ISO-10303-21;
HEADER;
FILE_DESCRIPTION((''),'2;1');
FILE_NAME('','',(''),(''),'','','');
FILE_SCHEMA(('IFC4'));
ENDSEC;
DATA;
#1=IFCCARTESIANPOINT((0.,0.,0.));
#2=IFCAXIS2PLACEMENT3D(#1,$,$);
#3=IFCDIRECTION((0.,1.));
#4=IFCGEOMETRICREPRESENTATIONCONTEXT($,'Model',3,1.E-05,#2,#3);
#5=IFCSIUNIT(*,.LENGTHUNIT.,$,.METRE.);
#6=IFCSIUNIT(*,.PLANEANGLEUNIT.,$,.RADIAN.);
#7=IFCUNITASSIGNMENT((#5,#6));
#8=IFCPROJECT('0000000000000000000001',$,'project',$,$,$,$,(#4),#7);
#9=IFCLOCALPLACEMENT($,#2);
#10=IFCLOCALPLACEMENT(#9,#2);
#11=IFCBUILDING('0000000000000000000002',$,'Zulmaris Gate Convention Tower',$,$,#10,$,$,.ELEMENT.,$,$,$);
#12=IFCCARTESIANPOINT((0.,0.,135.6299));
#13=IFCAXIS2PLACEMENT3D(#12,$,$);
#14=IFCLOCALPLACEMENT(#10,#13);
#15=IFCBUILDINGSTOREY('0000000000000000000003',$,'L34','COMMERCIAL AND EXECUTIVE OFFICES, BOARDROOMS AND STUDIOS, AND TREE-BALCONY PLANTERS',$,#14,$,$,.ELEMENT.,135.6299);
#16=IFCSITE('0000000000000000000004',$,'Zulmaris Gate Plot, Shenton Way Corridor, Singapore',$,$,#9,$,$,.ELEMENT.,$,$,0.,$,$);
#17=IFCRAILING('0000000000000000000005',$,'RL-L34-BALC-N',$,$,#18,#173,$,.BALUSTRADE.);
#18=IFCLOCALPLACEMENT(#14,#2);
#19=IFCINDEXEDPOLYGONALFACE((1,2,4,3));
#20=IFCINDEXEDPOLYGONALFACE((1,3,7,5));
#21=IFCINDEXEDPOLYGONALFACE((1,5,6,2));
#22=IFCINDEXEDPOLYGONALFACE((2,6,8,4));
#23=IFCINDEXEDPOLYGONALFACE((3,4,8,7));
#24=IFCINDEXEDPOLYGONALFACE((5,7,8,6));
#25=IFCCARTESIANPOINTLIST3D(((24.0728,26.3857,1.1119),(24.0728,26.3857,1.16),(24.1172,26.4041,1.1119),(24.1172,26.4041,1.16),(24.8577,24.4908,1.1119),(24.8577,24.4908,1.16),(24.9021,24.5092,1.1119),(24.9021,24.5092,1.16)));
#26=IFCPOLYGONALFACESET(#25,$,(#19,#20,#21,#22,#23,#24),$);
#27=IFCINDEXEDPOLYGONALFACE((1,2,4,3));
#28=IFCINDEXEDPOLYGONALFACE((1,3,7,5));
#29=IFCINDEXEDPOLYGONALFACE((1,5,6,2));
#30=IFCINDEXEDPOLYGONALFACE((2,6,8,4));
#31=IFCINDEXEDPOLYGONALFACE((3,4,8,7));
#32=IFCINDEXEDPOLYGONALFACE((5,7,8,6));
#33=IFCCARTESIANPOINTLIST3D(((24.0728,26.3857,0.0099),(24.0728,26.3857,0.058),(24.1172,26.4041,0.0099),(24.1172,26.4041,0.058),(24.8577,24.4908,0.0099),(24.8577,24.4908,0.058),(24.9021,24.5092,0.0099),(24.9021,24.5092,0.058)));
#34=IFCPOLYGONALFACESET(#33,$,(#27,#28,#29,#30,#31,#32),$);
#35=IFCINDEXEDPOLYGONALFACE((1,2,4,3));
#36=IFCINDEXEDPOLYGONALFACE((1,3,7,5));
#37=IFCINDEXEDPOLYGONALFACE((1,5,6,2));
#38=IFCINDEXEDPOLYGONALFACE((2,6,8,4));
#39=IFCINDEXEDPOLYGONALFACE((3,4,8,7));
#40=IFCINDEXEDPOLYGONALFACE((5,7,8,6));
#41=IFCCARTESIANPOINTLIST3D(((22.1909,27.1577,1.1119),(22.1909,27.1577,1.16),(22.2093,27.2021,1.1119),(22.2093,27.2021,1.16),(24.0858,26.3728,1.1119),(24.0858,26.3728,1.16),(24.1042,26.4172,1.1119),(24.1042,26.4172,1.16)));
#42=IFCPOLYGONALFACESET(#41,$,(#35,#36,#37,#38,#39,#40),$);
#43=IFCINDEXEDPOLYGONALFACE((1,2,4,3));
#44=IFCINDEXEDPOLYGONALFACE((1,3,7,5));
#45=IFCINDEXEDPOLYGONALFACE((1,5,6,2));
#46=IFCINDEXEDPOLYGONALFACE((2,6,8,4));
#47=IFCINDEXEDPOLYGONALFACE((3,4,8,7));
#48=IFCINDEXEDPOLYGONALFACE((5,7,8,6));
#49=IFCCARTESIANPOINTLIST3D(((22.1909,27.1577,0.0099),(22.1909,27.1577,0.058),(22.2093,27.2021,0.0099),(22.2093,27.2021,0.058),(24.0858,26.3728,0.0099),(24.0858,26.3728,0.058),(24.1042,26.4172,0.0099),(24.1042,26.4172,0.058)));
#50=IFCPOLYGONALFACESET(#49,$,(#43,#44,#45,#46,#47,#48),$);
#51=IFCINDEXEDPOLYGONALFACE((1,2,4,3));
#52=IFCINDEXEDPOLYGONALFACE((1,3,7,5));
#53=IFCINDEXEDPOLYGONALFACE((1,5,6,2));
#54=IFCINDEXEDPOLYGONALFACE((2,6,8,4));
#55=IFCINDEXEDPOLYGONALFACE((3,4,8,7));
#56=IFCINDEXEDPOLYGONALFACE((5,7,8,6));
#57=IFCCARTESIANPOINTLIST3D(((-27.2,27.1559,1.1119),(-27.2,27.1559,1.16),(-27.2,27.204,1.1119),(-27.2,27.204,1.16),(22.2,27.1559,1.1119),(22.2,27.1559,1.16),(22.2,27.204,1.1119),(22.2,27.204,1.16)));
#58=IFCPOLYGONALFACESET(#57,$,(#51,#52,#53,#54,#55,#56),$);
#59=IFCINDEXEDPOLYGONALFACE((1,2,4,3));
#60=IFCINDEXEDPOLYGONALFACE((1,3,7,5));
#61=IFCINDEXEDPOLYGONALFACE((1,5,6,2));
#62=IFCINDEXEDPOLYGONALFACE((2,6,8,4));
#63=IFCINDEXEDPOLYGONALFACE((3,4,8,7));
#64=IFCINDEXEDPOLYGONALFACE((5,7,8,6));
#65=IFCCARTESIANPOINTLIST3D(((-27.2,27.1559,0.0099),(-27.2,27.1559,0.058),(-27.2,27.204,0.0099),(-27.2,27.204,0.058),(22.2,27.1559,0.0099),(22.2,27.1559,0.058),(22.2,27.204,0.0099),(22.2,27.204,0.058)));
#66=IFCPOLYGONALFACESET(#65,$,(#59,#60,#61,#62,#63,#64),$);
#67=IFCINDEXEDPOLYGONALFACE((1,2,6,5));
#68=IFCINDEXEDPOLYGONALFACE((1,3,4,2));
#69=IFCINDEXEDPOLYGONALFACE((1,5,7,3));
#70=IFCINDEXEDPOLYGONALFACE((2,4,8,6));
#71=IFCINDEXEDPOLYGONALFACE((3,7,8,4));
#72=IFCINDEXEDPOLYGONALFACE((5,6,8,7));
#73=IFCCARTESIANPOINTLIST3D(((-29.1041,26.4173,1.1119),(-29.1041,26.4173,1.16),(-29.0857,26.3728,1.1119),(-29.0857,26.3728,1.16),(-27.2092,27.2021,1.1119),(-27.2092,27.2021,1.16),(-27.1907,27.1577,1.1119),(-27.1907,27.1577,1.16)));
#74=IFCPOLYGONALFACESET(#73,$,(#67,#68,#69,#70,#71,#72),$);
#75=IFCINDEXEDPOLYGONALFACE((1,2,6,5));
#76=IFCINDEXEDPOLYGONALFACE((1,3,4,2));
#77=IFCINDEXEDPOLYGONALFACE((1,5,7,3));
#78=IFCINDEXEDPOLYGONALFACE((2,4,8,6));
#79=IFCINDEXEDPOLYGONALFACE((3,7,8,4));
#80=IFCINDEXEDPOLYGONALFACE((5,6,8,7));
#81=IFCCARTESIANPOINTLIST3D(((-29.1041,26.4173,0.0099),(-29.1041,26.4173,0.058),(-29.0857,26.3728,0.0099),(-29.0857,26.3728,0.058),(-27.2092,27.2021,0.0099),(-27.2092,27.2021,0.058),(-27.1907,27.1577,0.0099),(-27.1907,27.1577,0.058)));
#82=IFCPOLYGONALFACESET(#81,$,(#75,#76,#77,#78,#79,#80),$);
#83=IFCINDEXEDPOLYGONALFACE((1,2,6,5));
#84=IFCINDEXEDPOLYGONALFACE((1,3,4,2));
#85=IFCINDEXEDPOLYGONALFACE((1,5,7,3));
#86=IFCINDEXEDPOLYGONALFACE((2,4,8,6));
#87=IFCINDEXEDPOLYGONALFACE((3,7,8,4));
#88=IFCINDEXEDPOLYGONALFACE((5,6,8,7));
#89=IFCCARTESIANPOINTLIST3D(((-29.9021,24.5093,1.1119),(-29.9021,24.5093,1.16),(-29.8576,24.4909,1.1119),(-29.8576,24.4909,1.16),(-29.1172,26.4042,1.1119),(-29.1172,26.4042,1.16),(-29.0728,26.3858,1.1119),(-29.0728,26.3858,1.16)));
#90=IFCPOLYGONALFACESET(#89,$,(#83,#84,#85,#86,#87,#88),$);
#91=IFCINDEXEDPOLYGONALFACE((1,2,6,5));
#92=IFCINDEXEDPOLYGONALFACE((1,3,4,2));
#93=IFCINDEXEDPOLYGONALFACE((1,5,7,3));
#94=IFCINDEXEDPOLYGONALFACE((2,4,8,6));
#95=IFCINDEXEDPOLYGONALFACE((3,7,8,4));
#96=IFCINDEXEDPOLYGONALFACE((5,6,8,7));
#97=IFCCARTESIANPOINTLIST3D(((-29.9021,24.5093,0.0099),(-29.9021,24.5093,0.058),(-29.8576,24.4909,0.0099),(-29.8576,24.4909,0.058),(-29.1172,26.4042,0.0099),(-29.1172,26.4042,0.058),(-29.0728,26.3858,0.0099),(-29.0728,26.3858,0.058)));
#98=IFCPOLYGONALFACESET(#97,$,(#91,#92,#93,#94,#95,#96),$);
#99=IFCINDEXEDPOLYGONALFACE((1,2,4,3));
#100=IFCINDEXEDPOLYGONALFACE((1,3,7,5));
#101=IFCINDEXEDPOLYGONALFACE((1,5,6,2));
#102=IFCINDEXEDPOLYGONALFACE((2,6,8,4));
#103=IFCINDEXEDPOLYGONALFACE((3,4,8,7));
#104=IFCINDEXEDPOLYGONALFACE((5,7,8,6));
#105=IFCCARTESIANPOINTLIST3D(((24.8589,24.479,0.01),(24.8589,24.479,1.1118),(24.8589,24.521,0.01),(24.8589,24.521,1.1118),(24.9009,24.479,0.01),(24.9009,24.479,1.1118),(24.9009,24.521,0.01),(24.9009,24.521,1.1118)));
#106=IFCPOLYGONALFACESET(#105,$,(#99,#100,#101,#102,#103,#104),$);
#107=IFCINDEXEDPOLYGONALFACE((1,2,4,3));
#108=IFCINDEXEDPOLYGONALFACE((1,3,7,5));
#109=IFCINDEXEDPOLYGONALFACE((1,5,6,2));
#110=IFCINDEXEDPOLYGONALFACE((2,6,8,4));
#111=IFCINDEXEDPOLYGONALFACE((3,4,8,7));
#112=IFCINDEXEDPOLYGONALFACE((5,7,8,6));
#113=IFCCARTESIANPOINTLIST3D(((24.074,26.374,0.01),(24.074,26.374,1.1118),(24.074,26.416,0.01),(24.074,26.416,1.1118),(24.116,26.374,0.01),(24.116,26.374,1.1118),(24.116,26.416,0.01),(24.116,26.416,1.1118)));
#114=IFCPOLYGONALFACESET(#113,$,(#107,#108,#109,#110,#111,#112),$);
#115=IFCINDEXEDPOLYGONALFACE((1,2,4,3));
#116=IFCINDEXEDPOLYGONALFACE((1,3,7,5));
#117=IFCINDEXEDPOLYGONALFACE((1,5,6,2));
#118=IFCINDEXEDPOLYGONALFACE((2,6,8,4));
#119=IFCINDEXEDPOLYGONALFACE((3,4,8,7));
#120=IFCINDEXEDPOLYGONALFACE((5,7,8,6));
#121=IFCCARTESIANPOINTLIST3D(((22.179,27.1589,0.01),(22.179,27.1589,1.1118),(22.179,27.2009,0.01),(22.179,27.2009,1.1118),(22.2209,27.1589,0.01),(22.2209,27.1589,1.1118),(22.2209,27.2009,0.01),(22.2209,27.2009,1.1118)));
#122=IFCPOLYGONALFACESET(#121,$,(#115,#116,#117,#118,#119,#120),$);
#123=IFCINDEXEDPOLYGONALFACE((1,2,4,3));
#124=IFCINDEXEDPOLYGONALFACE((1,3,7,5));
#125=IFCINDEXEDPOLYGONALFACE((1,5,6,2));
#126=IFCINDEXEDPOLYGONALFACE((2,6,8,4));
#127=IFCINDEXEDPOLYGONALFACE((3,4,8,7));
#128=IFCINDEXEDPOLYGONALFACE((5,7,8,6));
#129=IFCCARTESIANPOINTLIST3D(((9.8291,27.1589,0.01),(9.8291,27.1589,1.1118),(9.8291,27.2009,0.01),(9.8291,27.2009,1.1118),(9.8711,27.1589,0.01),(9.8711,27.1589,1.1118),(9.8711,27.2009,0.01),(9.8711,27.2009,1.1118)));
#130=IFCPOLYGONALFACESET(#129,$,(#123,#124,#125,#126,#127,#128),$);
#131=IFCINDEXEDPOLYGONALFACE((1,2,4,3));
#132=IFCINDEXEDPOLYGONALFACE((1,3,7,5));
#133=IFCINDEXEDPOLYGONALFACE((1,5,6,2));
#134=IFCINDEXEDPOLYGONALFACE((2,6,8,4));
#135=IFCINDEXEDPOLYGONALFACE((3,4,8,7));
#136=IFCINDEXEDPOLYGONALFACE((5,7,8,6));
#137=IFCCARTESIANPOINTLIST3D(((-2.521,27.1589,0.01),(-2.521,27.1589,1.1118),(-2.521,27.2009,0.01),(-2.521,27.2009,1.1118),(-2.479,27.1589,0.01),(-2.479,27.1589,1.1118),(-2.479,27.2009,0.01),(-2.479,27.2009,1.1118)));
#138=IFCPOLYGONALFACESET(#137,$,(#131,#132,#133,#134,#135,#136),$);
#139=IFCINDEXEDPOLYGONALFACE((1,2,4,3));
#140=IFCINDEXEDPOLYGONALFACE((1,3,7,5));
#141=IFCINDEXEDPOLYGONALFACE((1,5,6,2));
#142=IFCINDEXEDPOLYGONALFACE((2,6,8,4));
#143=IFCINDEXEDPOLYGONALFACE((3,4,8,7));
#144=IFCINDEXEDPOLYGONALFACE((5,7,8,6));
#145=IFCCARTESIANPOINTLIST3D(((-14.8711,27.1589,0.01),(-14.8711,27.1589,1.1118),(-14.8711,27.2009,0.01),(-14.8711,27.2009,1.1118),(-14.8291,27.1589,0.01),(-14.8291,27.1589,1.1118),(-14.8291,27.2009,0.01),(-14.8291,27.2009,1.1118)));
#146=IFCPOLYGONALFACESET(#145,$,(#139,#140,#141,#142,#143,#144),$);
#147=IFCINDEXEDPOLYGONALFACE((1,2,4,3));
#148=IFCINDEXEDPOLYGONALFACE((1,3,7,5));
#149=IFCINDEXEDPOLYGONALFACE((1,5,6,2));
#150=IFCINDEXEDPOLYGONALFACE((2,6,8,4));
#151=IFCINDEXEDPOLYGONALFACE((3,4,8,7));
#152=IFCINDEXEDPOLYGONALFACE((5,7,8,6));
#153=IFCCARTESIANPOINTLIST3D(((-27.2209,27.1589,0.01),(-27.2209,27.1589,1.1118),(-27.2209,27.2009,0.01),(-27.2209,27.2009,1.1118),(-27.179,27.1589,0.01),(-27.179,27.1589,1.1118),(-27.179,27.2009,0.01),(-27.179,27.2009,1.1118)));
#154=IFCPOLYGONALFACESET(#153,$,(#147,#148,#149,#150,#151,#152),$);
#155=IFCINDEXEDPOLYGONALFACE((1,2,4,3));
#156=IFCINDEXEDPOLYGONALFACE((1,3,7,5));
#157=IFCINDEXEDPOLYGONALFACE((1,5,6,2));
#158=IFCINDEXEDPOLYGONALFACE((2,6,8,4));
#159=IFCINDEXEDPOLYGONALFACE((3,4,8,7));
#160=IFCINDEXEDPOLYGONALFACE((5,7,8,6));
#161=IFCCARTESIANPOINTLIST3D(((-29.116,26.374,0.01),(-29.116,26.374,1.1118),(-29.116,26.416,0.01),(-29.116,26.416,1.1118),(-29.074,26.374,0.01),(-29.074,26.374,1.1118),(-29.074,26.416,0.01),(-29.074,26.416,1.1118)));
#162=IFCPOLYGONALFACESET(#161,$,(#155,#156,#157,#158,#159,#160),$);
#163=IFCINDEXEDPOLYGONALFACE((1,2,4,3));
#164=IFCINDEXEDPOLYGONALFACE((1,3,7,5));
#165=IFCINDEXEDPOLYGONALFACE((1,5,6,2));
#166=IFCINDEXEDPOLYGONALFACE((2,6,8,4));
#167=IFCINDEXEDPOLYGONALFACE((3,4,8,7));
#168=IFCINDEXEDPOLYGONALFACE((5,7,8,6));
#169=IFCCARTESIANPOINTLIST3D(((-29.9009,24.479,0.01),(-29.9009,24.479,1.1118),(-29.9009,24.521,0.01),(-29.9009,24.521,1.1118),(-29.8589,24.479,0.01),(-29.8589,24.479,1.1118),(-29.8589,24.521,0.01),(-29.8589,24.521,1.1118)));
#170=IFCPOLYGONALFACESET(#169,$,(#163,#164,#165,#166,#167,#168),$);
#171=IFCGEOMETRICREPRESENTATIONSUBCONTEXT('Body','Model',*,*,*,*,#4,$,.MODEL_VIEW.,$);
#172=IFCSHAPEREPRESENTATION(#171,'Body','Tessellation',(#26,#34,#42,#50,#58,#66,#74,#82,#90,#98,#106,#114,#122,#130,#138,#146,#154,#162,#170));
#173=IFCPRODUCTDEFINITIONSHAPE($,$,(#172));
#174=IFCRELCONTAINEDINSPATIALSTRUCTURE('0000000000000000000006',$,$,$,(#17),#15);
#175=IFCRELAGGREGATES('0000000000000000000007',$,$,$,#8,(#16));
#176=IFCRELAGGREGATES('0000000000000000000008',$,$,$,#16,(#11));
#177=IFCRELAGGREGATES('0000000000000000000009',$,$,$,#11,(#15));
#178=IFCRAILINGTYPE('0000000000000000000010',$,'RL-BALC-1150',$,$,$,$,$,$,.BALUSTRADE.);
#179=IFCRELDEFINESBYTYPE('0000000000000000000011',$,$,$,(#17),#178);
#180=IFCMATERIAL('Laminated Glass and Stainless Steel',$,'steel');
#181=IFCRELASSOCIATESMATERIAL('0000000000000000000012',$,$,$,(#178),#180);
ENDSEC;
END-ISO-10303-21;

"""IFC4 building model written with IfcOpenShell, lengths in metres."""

from ifc_helpers import new_model, si_unit, direction, frame, origin, origin_2d, place, context, subcontext, project, spatial, rectangle, extrude, material, type_object, element, save


model = new_model("IFC4")

# Units and contexts
model_context = context("Model", 3, precision=1e-05, world=origin(), true_north=direction((0.0, 1.0)))
body_context = subcontext(model_context, "Body", "Model", "MODEL_VIEW")
ifc_project = project(units=[si_unit("LENGTHUNIT", "METRE"), si_unit("PLANEANGLEUNIT", "RADIAN")], contexts=[model_context])

# Site, building, storey
site_placement = place(None, origin())
site = spatial("IfcSite", under=ifc_project, at=site_placement, Name="Zulmaris Gate Plot, Shenton Way Corridor, Singapore", CompositionType="ELEMENT", RefElevation=0.0)
building_placement = place(site_placement, origin())
building = spatial("IfcBuilding", under=site, at=building_placement, Name="Zulmaris Gate Convention Tower", CompositionType="ELEMENT")
storey_placement = place(building_placement, frame((0.0, 0.0, 135.6299)))
storey = spatial("IfcBuildingStorey", under=building, at=storey_placement, Name="L34", Description="COMMERCIAL AND EXECUTIVE OFFICES, BOARDROOMS AND STUDIOS, AND TREE-BALCONY PLANTERS", CompositionType="ELEMENT", Elevation=135.6299)

# Railing
ifc_material_1 = material(Name="Laminated Glass and Stainless Steel", Category="steel")
railing_type = type_object("IfcRailingType", Name="RL-BALC-1150", PredefinedType="BALUSTRADE", material=ifc_material_1)
railing_placement = place(storey_placement, frame((24.8799, 24.5, 0.01)))
element("IfcRailing", 1, at=railing_placement, inside=storey, type_object=railing_type, Name="RL-L34-BALC-N", PredefinedType="BALUSTRADE", context=body_context, shape_type="SweptSolid", body=[
    extrude(rectangle(XDim=0.0481, YDim=0.0481, at=origin_2d()), frame((0.0, 0.0, 1.126), z_axis=(-0.382671, 0.923885, 0.0), x_axis=(-0.923885, -0.382671, 0.0)), (0.0, 0.0, 1.0), 2.051),
    extrude(rectangle(XDim=0.0481, YDim=0.0481, at=origin_2d()), frame((0.0, 0.0, 0.0239), z_axis=(-0.382671, 0.923885, 0.0), x_axis=(-0.923885, -0.382671, 0.0)), (0.0, 0.0, 1.0), 2.051),
    extrude(rectangle(XDim=0.0481, YDim=0.0481, at=origin_2d()), frame((-0.7849, 1.895, 1.126), z_axis=(-0.923885, 0.382671, 0.0), x_axis=(-0.382671, -0.923885, 0.0)), (0.0, 0.0, 1.0), 2.051),
    extrude(rectangle(XDim=0.0481, YDim=0.0481, at=origin_2d()), frame((-0.7849, 1.895, 0.0239), z_axis=(-0.923885, 0.382671, 0.0), x_axis=(-0.382671, -0.923885, 0.0)), (0.0, 0.0, 1.0), 2.051),
    extrude(rectangle(XDim=0.0481, YDim=0.0481, at=origin_2d()), frame((-2.6799, 2.6799, 1.126), z_axis=(-1.0, 0.0, 0.0), x_axis=(0.0, -1.0, 0.0)), (0.0, 0.0, 1.0), 49.3999),
    extrude(rectangle(XDim=0.0481, YDim=0.0481, at=origin_2d()), frame((-2.6799, 2.6799, 0.0239), z_axis=(-1.0, 0.0, 0.0), x_axis=(0.0, -1.0, 0.0)), (0.0, 0.0, 1.0), 49.3999),
    extrude(rectangle(XDim=0.0481, YDim=0.0481, at=origin_2d()), frame((-52.0798, 2.6799, 1.126), z_axis=(-0.923885, -0.382671, 0.0), x_axis=(0.382671, -0.923885, 0.0)), (0.0, 0.0, 1.0), 2.051),
    extrude(rectangle(XDim=0.0481, YDim=0.0481, at=origin_2d()), frame((-52.0798, 2.6799, 0.0239), z_axis=(-0.923885, -0.382671, 0.0), x_axis=(0.382671, -0.923885, 0.0)), (0.0, 0.0, 1.0), 2.051),
    extrude(rectangle(XDim=0.0481, YDim=0.0481, at=origin_2d()), frame((-53.9749, 1.895, 1.126), z_axis=(-0.382671, -0.923885, 0.0), x_axis=(0.923885, -0.382671, 0.0)), (0.0, 0.0, 1.0), 2.051),
    extrude(rectangle(XDim=0.0481, YDim=0.0481, at=origin_2d()), frame((-53.9749, 1.895, 0.0239), z_axis=(-0.382671, -0.923885, 0.0), x_axis=(0.923885, -0.382671, 0.0)), (0.0, 0.0, 1.0), 2.051),
    extrude(rectangle(XDim=0.042, YDim=0.042, at=origin_2d()), origin(), (0.0, 0.0, 1.0), 1.1018),
    extrude(rectangle(XDim=0.042, YDim=0.042, at=origin_2d()), frame((-0.7849, 1.895, 0.0)), (0.0, 0.0, 1.0), 1.1018),
    extrude(rectangle(XDim=0.042, YDim=0.042, at=origin_2d()), frame((-2.6799, 2.6799, 0.0)), (0.0, 0.0, 1.0), 1.1018),
    extrude(rectangle(XDim=0.042, YDim=0.042, at=origin_2d()), frame((-15.0298, 2.6799, 0.0)), (0.0, 0.0, 1.0), 1.1018),
    extrude(rectangle(XDim=0.042, YDim=0.042, at=origin_2d()), frame((-27.3799, 2.6799, 0.0)), (0.0, 0.0, 1.0), 1.1018),
    extrude(rectangle(XDim=0.042, YDim=0.042, at=origin_2d()), frame((-39.73, 2.6799, 0.0)), (0.0, 0.0, 1.0), 1.1018),
    extrude(rectangle(XDim=0.042, YDim=0.042, at=origin_2d()), frame((-52.0798, 2.6799, 0.0)), (0.0, 0.0, 1.0), 1.1018),
    extrude(rectangle(XDim=0.042, YDim=0.042, at=origin_2d()), frame((-53.9749, 1.895, 0.0)), (0.0, 0.0, 1.0), 1.1018),
    extrude(rectangle(XDim=0.042, YDim=0.042, at=origin_2d()), frame((-54.7598, 0.0, 0.0)), (0.0, 0.0, 1.0), 1.1018),
])

save(model, "model.ifc")
